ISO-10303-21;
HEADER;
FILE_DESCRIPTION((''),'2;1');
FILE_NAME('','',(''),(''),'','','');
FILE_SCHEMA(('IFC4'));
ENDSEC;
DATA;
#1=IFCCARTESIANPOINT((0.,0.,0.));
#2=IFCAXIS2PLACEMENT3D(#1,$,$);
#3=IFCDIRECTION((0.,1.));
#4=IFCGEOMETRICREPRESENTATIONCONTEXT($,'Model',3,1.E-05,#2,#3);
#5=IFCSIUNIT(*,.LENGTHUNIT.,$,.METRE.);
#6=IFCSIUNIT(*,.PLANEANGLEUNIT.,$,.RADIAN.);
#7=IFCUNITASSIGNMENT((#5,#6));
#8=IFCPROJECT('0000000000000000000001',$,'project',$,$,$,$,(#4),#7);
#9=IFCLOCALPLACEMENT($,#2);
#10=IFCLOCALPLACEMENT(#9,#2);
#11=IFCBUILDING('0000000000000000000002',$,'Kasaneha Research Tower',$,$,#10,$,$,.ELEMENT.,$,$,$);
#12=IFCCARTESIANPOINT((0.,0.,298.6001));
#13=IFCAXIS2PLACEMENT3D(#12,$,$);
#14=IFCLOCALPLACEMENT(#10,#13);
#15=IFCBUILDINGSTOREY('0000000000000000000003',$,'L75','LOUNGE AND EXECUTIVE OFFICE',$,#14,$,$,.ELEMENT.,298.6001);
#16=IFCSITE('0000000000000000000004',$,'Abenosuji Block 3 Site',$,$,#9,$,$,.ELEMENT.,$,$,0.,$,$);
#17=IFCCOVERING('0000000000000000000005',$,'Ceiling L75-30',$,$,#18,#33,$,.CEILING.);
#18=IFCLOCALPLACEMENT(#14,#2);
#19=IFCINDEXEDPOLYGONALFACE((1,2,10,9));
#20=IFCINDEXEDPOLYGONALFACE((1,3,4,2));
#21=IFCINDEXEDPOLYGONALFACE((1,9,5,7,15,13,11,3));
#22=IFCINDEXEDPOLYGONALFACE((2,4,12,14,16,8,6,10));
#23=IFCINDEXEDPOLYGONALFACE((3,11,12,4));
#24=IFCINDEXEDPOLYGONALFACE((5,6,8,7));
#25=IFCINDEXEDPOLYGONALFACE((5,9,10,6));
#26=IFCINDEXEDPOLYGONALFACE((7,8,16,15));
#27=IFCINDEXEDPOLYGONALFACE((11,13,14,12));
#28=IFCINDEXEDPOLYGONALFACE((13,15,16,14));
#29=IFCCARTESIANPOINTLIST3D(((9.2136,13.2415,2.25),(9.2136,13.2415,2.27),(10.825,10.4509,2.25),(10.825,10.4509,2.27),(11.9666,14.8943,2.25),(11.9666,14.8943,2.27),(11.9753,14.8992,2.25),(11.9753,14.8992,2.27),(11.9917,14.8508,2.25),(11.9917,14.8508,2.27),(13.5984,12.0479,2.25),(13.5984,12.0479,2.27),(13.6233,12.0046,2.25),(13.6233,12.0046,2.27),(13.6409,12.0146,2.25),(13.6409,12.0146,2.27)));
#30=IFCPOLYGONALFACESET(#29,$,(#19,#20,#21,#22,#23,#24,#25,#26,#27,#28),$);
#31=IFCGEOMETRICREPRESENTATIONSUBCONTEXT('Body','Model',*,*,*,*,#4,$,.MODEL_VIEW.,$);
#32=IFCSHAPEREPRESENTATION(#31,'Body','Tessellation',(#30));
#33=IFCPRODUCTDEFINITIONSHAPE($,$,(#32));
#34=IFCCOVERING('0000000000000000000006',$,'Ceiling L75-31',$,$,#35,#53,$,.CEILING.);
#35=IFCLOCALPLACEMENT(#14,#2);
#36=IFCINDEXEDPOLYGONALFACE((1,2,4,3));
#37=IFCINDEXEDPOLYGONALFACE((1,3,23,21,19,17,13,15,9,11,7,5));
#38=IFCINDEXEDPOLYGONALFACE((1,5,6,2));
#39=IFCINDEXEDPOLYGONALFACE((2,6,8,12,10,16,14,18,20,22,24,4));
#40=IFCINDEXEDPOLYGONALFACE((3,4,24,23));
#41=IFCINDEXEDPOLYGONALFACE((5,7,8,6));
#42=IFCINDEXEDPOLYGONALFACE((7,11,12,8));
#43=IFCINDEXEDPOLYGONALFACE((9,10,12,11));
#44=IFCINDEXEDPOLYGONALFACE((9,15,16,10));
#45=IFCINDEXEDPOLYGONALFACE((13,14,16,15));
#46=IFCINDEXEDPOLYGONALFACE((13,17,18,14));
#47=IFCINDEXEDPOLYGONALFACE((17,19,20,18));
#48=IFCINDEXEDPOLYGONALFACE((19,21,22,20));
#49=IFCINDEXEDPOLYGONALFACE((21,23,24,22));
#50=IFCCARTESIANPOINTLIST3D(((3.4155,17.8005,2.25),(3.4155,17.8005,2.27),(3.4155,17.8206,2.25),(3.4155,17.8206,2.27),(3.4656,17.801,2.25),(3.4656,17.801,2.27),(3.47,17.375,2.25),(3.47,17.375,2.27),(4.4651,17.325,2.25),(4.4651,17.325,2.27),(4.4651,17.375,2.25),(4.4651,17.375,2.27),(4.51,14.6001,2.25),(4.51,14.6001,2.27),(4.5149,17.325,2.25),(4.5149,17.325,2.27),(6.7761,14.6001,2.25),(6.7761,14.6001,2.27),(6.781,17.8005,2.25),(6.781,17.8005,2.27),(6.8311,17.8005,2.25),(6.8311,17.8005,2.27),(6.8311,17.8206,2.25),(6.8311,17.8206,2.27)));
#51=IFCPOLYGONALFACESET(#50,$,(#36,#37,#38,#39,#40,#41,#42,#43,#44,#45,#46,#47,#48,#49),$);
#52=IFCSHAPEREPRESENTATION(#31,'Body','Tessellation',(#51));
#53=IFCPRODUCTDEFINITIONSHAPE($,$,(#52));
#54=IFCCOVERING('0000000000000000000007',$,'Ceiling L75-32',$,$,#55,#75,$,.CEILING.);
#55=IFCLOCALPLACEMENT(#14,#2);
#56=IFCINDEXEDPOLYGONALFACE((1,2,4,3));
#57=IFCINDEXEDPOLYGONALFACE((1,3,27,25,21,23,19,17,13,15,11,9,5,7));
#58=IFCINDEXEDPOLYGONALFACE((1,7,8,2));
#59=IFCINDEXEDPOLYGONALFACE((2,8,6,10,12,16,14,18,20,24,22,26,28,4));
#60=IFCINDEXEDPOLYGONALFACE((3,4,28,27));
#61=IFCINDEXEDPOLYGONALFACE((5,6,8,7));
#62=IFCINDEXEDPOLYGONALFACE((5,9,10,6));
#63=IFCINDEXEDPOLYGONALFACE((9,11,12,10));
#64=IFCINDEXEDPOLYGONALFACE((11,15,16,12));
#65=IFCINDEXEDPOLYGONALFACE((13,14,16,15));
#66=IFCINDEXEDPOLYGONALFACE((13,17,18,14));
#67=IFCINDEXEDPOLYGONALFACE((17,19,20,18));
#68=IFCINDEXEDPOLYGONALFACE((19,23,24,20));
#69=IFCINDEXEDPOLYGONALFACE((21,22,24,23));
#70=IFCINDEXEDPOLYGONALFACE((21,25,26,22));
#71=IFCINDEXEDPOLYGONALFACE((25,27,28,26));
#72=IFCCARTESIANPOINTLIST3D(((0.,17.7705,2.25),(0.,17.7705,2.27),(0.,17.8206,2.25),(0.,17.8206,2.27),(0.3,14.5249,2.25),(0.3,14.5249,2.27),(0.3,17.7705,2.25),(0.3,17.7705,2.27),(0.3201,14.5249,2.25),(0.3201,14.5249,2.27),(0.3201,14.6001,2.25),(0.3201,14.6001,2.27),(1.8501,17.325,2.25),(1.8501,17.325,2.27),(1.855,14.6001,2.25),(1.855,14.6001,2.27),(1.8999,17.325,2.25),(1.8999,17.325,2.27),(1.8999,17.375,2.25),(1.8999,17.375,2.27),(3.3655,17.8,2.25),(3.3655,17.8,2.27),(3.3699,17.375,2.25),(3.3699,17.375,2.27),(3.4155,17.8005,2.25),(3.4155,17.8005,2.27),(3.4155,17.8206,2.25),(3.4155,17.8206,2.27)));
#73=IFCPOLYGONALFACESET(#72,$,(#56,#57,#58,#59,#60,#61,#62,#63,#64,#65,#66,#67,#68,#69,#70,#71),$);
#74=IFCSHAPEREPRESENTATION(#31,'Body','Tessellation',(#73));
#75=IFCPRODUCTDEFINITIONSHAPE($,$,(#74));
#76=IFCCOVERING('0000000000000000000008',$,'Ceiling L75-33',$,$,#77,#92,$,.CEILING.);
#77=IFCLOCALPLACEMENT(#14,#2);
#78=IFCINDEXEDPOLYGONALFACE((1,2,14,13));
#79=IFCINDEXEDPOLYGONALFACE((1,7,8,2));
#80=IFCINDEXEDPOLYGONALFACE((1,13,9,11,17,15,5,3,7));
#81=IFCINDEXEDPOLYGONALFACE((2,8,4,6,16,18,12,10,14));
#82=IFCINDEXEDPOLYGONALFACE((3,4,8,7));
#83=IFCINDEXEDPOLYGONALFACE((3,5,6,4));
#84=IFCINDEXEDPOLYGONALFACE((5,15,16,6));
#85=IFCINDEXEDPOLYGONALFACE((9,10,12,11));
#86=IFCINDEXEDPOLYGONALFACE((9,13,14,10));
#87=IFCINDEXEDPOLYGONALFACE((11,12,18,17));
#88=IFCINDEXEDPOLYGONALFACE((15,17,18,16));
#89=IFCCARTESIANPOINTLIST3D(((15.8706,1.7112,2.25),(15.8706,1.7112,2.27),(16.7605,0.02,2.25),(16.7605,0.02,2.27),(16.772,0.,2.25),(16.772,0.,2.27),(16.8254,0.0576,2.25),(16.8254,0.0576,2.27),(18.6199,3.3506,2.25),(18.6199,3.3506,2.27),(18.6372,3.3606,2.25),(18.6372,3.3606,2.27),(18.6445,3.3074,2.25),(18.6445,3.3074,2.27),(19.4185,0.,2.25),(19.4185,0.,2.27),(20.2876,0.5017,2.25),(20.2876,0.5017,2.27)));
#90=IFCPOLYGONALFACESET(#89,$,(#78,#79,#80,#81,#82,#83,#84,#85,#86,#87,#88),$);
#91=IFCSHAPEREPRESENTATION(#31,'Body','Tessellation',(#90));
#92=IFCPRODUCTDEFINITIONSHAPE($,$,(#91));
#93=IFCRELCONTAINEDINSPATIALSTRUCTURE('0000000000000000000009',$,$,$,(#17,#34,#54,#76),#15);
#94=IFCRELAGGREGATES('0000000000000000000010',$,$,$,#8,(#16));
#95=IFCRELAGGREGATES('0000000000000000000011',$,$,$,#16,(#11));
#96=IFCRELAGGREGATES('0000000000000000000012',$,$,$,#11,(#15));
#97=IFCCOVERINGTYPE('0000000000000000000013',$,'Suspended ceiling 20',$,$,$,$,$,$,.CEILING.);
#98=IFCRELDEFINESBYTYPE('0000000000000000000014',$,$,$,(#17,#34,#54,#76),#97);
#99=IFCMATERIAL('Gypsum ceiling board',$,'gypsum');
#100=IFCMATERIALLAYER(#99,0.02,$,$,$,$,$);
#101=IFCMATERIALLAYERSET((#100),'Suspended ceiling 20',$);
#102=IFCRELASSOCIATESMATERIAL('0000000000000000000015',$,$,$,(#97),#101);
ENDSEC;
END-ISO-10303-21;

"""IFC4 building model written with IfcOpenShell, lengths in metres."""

from ifc_helpers import new_model, si_unit, direction, frame, origin, place, context, subcontext, project, spatial, polyline, outline, extrude, material, layer, layer_set, type_object, element, save


model = new_model("IFC4")

# Units and contexts
model_context = context("Model", 3, precision=1e-05, world=origin(), true_north=direction((0.0, 1.0)))
body_context = subcontext(model_context, "Body", "Model", "MODEL_VIEW")
ifc_project = project(units=[si_unit("LENGTHUNIT", "METRE"), si_unit("PLANEANGLEUNIT", "RADIAN")], contexts=[model_context])

# Site, building, storey
site_placement = place(None, origin())
site = spatial("IfcSite", under=ifc_project, at=site_placement, Name="Abenosuji Block 3 Site", CompositionType="ELEMENT", RefElevation=0.0)
building_placement = place(site_placement, origin())
building = spatial("IfcBuilding", under=site, at=building_placement, Name="Kasaneha Research Tower", CompositionType="ELEMENT")
storey_placement = place(building_placement, frame((0.0, 0.0, 298.6001)))
storey = spatial("IfcBuildingStorey", under=building, at=storey_placement, Name="L75", Description="LOUNGE AND EXECUTIVE OFFICE", CompositionType="ELEMENT", Elevation=298.6001)

# Coverings
ifc_material_1 = material(Name="Gypsum ceiling board", Category="gypsum")
ifc_layer_1 = layer(ifc_material_1, 0.02)
ifc_layer_set_1 = layer_set([ifc_layer_1], Name="Suspended ceiling 20")
covering_type_1 = type_object("IfcCoveringType", Name="Suspended ceiling 20", PredefinedType="CEILING", material=ifc_layer_set_1)
covering_1_placement = place(storey_placement, frame((0.0, 0.0, 2.25)))
element("IfcCovering", 1, at=covering_1_placement, inside=storey, type_object=covering_type_1, Name="Ceiling L75-30", PredefinedType="CEILING", context=body_context, shape_type="SweptSolid", body=[
    extrude(outline(polyline([(13.6233, 12.0046), (13.5984, 12.0479), (10.825, 10.4509), (9.2136, 13.2415), (11.9917, 14.8508), (11.9666, 14.8943), (11.9753, 14.8992), (13.6409, 12.0146), (13.6233, 12.0046)])), origin(), (0.0, 0.0, 1.0), 0.02),
])
covering_2_placement = place(storey_placement, frame((0.0, 0.0, 2.25)))
element("IfcCovering", 2, at=covering_2_placement, inside=storey, type_object=covering_type_1, Name="Ceiling L75-31", PredefinedType="CEILING", context=body_context, shape_type="SweptSolid", body=[
    extrude(outline(polyline([(6.8311, 17.8005), (6.781, 17.8005), (6.7761, 14.6001), (4.51, 14.6001), (4.5149, 17.325), (4.4651, 17.325), (4.4651, 17.375), (3.47, 17.375), (3.4656, 17.801), (3.4155, 17.8005), (3.4155, 17.8206), (6.8311, 17.8206), (6.8311, 17.8005)])), origin(), (0.0, 0.0, 1.0), 0.02),
])
covering_3_placement = place(storey_placement, frame((0.0, 0.0, 2.25)))
element("IfcCovering", 3, at=covering_3_placement, inside=storey, type_object=covering_type_1, Name="Ceiling L75-32", PredefinedType="CEILING", context=body_context, shape_type="SweptSolid", body=[
    extrude(outline(polyline([(3.4155, 17.8206), (3.4155, 17.8005), (3.3655, 17.8), (3.3699, 17.375), (1.8999, 17.375), (1.8999, 17.325), (1.8501, 17.325), (1.855, 14.6001), (0.3201, 14.6001), (0.3201, 14.5249), (0.3, 14.5249), (0.3, 17.7705), (0.3, 17.7705), (0.0, 17.7705), (0.0, 17.8206), (3.4155, 17.8206)])), origin(), (0.0, 0.0, 1.0), 0.02),
])
covering_4_placement = place(storey_placement, frame((0.0, 0.0, 2.25)))
element("IfcCovering", 4, at=covering_4_placement, inside=storey, type_object=covering_type_1, Name="Ceiling L75-33", PredefinedType="CEILING", context=body_context, shape_type="SweptSolid", body=[
    extrude(outline(polyline([(19.4185, 0.0), (16.772, 0.0), (16.7605, 0.02), (16.8254, 0.0576), (15.8706, 1.7112), (18.6445, 3.3074), (18.6199, 3.3506), (18.6372, 3.3606), (20.2876, 0.5017), (19.4185, 0.0)])), origin(), (0.0, 0.0, 1.0), 0.02),
])

save(model, "model.ifc")
